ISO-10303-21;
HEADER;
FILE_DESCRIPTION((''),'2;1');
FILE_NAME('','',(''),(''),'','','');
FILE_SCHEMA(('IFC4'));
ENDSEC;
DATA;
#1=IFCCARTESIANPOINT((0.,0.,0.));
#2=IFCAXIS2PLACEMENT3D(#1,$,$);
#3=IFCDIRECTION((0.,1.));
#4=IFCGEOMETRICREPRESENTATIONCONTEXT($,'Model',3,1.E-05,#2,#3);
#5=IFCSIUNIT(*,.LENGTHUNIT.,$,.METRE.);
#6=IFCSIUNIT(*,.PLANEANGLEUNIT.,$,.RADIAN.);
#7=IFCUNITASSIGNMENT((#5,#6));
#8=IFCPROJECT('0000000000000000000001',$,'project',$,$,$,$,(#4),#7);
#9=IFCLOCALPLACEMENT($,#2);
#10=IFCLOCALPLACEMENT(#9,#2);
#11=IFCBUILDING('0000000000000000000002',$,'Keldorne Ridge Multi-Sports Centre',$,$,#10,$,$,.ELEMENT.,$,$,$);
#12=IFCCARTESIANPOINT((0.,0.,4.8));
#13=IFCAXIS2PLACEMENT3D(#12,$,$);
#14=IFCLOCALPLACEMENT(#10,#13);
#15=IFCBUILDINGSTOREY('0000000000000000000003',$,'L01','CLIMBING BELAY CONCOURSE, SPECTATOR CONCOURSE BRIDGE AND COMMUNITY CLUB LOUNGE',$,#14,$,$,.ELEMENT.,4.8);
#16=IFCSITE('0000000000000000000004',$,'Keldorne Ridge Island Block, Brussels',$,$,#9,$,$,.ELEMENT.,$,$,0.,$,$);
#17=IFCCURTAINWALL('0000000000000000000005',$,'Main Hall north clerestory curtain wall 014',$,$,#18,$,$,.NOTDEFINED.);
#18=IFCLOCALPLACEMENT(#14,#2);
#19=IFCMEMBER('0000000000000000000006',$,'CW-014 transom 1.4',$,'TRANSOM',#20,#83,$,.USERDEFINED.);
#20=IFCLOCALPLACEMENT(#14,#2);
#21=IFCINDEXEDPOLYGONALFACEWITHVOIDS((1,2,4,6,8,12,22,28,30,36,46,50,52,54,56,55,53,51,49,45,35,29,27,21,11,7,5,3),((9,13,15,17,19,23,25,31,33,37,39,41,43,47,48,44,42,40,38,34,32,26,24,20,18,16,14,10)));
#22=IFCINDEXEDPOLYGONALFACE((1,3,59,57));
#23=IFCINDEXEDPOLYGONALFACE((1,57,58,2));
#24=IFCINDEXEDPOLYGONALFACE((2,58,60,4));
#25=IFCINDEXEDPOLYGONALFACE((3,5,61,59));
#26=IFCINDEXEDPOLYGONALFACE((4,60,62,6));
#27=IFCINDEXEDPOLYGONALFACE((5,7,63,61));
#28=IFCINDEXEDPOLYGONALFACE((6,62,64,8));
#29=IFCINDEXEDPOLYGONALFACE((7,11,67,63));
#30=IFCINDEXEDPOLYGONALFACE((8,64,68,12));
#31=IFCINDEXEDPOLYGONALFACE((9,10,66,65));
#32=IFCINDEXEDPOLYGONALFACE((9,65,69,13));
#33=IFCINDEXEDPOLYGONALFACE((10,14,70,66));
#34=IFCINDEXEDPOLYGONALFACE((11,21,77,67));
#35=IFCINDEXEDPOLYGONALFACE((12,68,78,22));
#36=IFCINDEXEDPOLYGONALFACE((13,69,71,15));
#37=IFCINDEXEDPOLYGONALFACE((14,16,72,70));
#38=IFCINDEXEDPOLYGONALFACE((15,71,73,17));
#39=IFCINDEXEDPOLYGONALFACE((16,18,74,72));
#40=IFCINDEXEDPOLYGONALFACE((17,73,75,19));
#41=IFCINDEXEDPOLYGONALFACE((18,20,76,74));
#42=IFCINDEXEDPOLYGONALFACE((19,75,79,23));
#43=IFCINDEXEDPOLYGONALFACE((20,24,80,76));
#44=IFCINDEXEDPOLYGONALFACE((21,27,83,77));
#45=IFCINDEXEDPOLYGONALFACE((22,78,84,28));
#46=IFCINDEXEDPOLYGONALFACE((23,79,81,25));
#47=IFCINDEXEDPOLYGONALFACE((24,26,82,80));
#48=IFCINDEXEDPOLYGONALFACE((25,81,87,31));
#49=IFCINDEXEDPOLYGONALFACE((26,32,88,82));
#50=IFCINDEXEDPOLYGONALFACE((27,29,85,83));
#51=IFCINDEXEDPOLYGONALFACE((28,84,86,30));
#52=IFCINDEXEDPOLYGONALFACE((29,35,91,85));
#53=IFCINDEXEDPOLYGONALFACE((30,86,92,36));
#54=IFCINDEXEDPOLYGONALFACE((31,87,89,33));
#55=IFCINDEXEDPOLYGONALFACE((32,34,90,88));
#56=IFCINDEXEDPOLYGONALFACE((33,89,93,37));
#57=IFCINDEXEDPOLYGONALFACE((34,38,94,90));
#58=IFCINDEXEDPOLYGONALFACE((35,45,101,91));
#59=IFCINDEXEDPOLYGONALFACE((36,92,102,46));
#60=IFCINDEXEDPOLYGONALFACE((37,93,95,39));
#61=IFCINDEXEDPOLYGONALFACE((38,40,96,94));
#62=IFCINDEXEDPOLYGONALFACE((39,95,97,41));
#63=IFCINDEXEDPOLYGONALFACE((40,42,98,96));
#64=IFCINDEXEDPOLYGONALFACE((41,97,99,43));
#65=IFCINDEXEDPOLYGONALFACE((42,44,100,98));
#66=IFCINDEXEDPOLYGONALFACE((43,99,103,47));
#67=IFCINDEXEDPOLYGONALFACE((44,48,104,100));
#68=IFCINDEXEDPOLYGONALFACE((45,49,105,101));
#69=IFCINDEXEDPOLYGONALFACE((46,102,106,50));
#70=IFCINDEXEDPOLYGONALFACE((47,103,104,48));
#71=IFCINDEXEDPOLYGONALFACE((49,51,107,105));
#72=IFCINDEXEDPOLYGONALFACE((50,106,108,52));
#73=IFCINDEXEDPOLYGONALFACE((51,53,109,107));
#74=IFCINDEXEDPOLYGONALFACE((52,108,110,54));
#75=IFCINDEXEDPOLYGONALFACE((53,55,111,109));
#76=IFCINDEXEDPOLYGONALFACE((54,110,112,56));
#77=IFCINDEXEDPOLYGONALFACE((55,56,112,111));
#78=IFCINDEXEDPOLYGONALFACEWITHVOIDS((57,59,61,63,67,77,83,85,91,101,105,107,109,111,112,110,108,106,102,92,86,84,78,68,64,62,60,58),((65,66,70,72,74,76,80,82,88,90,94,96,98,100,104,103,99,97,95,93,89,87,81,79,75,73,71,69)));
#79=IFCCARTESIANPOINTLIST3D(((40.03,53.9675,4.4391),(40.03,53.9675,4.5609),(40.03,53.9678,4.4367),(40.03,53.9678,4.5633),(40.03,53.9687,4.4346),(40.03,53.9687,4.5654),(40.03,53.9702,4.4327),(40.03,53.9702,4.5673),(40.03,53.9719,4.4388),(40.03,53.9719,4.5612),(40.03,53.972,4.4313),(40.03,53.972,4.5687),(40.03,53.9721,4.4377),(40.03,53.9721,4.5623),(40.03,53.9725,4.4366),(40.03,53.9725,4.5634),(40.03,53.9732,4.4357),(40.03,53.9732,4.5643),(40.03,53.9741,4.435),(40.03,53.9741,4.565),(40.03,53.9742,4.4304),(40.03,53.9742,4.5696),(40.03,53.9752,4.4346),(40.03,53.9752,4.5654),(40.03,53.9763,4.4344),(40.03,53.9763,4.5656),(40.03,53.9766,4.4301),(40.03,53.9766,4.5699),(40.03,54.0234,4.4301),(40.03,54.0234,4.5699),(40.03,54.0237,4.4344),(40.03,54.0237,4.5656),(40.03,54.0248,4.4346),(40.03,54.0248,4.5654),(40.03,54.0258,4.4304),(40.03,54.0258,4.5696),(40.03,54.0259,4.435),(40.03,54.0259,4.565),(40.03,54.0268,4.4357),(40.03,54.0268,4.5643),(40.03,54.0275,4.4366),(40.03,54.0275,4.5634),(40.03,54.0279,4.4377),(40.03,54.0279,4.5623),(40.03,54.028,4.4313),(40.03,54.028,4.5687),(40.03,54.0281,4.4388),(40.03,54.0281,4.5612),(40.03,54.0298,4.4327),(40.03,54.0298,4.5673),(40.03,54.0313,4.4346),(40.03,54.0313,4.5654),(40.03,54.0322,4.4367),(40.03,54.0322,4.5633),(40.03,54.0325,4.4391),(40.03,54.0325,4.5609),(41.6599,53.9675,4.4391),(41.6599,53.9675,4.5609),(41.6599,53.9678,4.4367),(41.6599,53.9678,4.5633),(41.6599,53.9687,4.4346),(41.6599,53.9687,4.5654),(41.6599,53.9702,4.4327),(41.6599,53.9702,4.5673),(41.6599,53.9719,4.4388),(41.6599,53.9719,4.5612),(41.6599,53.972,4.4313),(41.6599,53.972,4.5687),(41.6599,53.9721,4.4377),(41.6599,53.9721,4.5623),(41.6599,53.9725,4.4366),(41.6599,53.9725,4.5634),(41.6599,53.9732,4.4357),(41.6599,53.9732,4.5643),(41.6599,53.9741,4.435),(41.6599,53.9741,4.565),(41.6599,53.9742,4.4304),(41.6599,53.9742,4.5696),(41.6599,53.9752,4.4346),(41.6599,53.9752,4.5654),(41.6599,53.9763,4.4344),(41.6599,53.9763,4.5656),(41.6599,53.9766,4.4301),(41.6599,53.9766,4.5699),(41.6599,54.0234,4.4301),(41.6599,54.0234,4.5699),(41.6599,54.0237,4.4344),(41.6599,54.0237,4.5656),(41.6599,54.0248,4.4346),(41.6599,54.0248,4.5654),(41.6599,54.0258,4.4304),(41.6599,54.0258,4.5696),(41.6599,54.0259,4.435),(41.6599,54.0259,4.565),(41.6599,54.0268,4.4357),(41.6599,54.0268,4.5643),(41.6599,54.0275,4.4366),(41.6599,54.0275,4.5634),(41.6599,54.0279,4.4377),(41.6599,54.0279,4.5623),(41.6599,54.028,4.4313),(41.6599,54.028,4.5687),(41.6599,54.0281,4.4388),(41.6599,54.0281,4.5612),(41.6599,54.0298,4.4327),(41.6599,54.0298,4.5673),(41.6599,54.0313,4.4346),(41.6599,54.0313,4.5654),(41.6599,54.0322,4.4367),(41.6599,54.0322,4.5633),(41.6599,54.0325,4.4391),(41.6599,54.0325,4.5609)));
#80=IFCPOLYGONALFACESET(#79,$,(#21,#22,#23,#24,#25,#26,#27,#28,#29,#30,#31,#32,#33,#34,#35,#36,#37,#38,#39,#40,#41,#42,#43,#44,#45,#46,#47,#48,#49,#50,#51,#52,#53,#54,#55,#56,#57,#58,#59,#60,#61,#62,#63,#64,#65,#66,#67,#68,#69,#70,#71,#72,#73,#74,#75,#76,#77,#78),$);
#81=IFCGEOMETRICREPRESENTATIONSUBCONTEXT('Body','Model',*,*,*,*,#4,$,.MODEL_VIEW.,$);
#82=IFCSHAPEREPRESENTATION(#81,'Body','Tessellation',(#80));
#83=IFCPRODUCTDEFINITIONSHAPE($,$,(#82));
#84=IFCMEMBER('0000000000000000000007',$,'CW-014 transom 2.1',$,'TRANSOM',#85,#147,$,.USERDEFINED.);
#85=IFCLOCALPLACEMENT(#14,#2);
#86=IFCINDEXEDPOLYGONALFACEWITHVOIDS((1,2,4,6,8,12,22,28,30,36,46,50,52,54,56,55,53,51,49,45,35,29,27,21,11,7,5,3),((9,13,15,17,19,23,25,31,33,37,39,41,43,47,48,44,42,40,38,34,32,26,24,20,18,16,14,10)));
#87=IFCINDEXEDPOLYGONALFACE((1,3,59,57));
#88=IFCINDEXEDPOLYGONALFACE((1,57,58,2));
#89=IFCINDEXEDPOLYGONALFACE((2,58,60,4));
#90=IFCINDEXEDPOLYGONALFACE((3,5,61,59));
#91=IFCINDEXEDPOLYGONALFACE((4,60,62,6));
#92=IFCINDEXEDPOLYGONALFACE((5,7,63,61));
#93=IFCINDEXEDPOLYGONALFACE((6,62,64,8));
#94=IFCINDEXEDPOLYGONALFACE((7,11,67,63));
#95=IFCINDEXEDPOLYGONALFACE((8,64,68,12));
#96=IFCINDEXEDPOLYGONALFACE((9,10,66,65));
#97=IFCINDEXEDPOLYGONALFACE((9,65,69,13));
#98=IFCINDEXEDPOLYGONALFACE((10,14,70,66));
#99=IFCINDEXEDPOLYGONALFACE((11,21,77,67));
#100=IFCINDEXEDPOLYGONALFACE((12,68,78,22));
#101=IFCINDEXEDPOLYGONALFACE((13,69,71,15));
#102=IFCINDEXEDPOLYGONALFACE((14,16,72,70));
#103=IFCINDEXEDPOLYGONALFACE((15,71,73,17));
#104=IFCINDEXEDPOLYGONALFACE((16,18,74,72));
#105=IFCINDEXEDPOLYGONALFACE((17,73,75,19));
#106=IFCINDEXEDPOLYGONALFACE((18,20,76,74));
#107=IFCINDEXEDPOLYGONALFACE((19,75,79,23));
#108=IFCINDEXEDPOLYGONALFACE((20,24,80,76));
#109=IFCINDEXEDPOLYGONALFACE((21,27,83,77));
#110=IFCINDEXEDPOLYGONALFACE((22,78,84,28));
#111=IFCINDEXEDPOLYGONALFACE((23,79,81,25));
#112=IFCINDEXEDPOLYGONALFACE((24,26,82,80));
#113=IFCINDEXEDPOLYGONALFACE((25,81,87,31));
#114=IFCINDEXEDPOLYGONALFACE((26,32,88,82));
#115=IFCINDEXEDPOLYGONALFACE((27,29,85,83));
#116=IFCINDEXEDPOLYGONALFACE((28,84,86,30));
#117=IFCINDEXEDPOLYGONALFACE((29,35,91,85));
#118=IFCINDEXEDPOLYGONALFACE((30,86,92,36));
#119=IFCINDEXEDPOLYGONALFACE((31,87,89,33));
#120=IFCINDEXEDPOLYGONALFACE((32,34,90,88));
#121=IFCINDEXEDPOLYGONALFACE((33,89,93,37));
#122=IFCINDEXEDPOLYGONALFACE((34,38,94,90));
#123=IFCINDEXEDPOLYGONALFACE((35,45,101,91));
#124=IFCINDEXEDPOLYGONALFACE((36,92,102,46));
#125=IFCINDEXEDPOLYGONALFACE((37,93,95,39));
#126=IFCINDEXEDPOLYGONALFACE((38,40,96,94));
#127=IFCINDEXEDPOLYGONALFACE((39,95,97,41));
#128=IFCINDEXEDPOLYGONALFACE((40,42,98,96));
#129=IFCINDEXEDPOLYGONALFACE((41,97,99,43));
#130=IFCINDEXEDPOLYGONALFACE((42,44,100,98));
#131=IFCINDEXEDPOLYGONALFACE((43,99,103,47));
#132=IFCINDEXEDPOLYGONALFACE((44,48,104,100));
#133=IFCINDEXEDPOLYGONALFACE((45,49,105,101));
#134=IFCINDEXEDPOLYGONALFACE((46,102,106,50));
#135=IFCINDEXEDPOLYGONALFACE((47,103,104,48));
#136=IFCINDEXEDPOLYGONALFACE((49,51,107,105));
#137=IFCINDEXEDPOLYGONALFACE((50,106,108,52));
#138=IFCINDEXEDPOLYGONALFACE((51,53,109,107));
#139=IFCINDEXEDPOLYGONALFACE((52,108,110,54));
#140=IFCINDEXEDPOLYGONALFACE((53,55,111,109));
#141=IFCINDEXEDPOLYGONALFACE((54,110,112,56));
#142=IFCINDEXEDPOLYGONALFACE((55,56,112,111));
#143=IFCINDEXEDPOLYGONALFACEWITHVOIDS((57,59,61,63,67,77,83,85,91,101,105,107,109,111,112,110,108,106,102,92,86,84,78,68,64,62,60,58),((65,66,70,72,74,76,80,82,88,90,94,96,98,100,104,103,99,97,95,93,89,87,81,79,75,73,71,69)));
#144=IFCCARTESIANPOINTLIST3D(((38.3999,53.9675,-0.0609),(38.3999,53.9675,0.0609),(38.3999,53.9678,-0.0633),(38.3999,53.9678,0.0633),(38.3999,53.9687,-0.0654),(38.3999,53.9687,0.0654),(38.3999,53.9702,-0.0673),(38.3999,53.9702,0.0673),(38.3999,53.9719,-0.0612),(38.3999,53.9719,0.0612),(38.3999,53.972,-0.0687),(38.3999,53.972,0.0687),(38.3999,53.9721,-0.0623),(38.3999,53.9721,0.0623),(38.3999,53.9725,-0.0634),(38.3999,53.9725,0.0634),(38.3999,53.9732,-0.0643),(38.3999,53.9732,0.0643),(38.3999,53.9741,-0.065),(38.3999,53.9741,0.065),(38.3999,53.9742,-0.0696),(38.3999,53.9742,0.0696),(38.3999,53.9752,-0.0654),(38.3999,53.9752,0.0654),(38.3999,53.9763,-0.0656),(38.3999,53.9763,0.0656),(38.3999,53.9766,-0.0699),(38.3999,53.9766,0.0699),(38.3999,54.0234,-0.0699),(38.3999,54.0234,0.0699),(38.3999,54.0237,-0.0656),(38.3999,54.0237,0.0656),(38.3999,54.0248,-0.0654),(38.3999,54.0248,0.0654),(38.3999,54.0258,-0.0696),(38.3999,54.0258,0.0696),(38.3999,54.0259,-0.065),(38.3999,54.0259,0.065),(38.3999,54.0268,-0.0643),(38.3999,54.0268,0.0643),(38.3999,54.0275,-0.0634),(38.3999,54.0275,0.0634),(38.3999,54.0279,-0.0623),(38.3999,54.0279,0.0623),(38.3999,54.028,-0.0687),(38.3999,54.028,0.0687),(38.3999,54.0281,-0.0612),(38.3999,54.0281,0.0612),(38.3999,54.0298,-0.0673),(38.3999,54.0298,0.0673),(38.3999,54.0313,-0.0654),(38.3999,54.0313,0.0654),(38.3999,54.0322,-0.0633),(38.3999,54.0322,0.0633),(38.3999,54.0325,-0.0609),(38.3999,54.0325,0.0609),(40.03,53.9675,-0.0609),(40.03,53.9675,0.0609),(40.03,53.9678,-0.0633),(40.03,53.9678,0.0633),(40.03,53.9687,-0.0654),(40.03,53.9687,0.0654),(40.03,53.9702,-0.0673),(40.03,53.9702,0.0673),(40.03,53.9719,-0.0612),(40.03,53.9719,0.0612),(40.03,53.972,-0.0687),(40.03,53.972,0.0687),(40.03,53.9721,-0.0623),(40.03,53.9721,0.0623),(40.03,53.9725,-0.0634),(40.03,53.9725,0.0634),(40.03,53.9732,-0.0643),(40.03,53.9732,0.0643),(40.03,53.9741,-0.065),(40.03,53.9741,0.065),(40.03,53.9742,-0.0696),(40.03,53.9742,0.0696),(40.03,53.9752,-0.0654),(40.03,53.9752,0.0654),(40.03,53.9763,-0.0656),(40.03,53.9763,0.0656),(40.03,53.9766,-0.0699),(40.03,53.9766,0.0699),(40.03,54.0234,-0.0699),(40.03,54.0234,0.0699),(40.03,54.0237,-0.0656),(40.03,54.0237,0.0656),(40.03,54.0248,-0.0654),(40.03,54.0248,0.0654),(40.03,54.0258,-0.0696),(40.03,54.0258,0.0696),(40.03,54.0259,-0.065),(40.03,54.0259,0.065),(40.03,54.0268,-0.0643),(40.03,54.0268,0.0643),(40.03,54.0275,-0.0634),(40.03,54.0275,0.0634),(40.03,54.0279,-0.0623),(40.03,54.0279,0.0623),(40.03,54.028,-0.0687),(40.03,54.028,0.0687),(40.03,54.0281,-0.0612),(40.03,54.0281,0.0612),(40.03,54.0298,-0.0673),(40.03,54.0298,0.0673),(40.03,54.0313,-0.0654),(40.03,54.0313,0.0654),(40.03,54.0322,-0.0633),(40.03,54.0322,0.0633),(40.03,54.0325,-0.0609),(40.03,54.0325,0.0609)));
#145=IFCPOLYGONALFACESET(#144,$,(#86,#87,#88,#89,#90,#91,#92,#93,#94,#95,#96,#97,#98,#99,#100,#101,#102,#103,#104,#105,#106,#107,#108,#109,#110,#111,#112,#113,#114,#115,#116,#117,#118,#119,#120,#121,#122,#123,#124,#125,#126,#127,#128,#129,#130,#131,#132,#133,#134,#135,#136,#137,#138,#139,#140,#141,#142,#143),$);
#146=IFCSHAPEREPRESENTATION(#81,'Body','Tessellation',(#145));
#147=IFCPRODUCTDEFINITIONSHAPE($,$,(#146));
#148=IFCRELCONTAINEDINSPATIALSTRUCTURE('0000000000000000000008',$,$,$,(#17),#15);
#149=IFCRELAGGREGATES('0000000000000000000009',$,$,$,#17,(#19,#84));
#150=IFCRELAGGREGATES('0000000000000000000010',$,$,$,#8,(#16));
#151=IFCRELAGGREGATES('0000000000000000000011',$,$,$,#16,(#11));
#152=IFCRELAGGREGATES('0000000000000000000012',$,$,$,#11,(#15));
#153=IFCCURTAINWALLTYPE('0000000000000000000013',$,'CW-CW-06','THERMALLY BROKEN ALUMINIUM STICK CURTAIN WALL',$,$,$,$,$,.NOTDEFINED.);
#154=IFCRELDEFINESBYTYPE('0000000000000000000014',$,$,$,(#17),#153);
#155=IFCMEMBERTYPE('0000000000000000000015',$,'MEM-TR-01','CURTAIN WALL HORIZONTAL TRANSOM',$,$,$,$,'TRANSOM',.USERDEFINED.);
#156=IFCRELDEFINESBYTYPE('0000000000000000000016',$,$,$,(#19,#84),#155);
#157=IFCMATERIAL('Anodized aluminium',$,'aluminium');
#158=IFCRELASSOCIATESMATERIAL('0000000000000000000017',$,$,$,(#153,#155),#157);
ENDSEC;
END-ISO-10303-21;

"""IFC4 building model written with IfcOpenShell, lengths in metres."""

from ifc_helpers import new_model, si_unit, direction, frame, origin, origin_2d, place, context, subcontext, project, spatial, hollow_rectangle, extrude, material, material_profile, profile_set, type_object, element, aggregate, save


model = new_model("IFC4")

# Units and contexts
model_context = context("Model", 3, precision=1e-05, world=origin(), true_north=direction((0.0, 1.0)))
body_context = subcontext(model_context, "Body", "Model", "MODEL_VIEW")
ifc_project = project(units=[si_unit("LENGTHUNIT", "METRE"), si_unit("PLANEANGLEUNIT", "RADIAN")], contexts=[model_context])

# Site, building, storey
site_placement = place(None, origin())
site = spatial("IfcSite", under=ifc_project, at=site_placement, Name="Keldorne Ridge Island Block, Brussels", CompositionType="ELEMENT", RefElevation=0.0)
building_placement = place(site_placement, origin())
building = spatial("IfcBuilding", under=site, at=building_placement, Name="Keldorne Ridge Multi-Sports Centre", CompositionType="ELEMENT")
storey_placement = place(building_placement, frame((0.0, 0.0, 4.8)))
storey = spatial("IfcBuildingStorey", under=building, at=storey_placement, Name="L01", Description="CLIMBING BELAY CONCOURSE, SPECTATOR CONCOURSE BRIDGE AND COMMUNITY CLUB LOUNGE", CompositionType="ELEMENT", Elevation=4.8)

# Curtain wall
ifc_material_1 = material(Name="Anodized aluminium", Category="aluminium")
curtain_wall_type_1 = type_object("IfcCurtainWallType", Name="CW-CW-06", Description="THERMALLY BROKEN ALUMINIUM STICK CURTAIN WALL", PredefinedType="NOTDEFINED", material=ifc_material_1)
curtain_wall_1_placement = place(storey_placement, origin())
curtain_wall_1 = element("IfcCurtainWall", 1, at=curtain_wall_1_placement, inside=storey, type_object=curtain_wall_type_1, Name="Main Hall north clerestory curtain wall 014", PredefinedType="NOTDEFINED")

# Members
ifc_material_profile_1 = material_profile(ifc_material_1, hollow_rectangle(XDim=0.0649, YDim=0.1399, WallThickness=0.0044, InnerFilletRadius=0.0044, OuterFilletRadius=0.009, at=origin_2d()), Name="ALU TRANSOM 140x65x4.5")
ifc_profile_set_1 = profile_set([ifc_material_profile_1], Name="Anodized aluminium")
member_type_1 = type_object("IfcMemberType", Name="MEM-TR-01", Description="CURTAIN WALL HORIZONTAL TRANSOM", ElementType="TRANSOM", PredefinedType="USERDEFINED", material=ifc_profile_set_1)
member_1_placement = place(storey_placement, frame((41.6599, 54.0, 4.5), z_axis=(-1.0, 0.0, 0.0), x_axis=(0.0, -1.0, 0.0)))
member_1 = element("IfcMember", 2, at=member_1_placement, type_object=member_type_1, Name="CW-014 transom 1.4", ObjectType="TRANSOM", PredefinedType="USERDEFINED", context=body_context, shape_type="SweptSolid", body=[
    extrude(hollow_rectangle(XDim=0.0649, YDim=0.1399, WallThickness=0.0044, InnerFilletRadius=0.0044, OuterFilletRadius=0.009, at=origin_2d()), origin(), (0.0, 0.0, 1.0), 1.6299),
])
member_2_placement = place(storey_placement, frame((40.03, 54.0, 0.0), z_axis=(-1.0, 0.0, 0.0), x_axis=(0.0, -1.0, 0.0)))
member_2 = element("IfcMember", 3, at=member_2_placement, type_object=member_type_1, Name="CW-014 transom 2.1", ObjectType="TRANSOM", PredefinedType="USERDEFINED", context=body_context, shape_type="SweptSolid", body=[
    extrude(hollow_rectangle(XDim=0.0649, YDim=0.1399, WallThickness=0.0044, InnerFilletRadius=0.0044, OuterFilletRadius=0.009, at=origin_2d()), origin(), (0.0, 0.0, 1.0), 1.6301),
])

aggregate(curtain_wall_1, [member_1, member_2])

save(model, "model.ifc")
